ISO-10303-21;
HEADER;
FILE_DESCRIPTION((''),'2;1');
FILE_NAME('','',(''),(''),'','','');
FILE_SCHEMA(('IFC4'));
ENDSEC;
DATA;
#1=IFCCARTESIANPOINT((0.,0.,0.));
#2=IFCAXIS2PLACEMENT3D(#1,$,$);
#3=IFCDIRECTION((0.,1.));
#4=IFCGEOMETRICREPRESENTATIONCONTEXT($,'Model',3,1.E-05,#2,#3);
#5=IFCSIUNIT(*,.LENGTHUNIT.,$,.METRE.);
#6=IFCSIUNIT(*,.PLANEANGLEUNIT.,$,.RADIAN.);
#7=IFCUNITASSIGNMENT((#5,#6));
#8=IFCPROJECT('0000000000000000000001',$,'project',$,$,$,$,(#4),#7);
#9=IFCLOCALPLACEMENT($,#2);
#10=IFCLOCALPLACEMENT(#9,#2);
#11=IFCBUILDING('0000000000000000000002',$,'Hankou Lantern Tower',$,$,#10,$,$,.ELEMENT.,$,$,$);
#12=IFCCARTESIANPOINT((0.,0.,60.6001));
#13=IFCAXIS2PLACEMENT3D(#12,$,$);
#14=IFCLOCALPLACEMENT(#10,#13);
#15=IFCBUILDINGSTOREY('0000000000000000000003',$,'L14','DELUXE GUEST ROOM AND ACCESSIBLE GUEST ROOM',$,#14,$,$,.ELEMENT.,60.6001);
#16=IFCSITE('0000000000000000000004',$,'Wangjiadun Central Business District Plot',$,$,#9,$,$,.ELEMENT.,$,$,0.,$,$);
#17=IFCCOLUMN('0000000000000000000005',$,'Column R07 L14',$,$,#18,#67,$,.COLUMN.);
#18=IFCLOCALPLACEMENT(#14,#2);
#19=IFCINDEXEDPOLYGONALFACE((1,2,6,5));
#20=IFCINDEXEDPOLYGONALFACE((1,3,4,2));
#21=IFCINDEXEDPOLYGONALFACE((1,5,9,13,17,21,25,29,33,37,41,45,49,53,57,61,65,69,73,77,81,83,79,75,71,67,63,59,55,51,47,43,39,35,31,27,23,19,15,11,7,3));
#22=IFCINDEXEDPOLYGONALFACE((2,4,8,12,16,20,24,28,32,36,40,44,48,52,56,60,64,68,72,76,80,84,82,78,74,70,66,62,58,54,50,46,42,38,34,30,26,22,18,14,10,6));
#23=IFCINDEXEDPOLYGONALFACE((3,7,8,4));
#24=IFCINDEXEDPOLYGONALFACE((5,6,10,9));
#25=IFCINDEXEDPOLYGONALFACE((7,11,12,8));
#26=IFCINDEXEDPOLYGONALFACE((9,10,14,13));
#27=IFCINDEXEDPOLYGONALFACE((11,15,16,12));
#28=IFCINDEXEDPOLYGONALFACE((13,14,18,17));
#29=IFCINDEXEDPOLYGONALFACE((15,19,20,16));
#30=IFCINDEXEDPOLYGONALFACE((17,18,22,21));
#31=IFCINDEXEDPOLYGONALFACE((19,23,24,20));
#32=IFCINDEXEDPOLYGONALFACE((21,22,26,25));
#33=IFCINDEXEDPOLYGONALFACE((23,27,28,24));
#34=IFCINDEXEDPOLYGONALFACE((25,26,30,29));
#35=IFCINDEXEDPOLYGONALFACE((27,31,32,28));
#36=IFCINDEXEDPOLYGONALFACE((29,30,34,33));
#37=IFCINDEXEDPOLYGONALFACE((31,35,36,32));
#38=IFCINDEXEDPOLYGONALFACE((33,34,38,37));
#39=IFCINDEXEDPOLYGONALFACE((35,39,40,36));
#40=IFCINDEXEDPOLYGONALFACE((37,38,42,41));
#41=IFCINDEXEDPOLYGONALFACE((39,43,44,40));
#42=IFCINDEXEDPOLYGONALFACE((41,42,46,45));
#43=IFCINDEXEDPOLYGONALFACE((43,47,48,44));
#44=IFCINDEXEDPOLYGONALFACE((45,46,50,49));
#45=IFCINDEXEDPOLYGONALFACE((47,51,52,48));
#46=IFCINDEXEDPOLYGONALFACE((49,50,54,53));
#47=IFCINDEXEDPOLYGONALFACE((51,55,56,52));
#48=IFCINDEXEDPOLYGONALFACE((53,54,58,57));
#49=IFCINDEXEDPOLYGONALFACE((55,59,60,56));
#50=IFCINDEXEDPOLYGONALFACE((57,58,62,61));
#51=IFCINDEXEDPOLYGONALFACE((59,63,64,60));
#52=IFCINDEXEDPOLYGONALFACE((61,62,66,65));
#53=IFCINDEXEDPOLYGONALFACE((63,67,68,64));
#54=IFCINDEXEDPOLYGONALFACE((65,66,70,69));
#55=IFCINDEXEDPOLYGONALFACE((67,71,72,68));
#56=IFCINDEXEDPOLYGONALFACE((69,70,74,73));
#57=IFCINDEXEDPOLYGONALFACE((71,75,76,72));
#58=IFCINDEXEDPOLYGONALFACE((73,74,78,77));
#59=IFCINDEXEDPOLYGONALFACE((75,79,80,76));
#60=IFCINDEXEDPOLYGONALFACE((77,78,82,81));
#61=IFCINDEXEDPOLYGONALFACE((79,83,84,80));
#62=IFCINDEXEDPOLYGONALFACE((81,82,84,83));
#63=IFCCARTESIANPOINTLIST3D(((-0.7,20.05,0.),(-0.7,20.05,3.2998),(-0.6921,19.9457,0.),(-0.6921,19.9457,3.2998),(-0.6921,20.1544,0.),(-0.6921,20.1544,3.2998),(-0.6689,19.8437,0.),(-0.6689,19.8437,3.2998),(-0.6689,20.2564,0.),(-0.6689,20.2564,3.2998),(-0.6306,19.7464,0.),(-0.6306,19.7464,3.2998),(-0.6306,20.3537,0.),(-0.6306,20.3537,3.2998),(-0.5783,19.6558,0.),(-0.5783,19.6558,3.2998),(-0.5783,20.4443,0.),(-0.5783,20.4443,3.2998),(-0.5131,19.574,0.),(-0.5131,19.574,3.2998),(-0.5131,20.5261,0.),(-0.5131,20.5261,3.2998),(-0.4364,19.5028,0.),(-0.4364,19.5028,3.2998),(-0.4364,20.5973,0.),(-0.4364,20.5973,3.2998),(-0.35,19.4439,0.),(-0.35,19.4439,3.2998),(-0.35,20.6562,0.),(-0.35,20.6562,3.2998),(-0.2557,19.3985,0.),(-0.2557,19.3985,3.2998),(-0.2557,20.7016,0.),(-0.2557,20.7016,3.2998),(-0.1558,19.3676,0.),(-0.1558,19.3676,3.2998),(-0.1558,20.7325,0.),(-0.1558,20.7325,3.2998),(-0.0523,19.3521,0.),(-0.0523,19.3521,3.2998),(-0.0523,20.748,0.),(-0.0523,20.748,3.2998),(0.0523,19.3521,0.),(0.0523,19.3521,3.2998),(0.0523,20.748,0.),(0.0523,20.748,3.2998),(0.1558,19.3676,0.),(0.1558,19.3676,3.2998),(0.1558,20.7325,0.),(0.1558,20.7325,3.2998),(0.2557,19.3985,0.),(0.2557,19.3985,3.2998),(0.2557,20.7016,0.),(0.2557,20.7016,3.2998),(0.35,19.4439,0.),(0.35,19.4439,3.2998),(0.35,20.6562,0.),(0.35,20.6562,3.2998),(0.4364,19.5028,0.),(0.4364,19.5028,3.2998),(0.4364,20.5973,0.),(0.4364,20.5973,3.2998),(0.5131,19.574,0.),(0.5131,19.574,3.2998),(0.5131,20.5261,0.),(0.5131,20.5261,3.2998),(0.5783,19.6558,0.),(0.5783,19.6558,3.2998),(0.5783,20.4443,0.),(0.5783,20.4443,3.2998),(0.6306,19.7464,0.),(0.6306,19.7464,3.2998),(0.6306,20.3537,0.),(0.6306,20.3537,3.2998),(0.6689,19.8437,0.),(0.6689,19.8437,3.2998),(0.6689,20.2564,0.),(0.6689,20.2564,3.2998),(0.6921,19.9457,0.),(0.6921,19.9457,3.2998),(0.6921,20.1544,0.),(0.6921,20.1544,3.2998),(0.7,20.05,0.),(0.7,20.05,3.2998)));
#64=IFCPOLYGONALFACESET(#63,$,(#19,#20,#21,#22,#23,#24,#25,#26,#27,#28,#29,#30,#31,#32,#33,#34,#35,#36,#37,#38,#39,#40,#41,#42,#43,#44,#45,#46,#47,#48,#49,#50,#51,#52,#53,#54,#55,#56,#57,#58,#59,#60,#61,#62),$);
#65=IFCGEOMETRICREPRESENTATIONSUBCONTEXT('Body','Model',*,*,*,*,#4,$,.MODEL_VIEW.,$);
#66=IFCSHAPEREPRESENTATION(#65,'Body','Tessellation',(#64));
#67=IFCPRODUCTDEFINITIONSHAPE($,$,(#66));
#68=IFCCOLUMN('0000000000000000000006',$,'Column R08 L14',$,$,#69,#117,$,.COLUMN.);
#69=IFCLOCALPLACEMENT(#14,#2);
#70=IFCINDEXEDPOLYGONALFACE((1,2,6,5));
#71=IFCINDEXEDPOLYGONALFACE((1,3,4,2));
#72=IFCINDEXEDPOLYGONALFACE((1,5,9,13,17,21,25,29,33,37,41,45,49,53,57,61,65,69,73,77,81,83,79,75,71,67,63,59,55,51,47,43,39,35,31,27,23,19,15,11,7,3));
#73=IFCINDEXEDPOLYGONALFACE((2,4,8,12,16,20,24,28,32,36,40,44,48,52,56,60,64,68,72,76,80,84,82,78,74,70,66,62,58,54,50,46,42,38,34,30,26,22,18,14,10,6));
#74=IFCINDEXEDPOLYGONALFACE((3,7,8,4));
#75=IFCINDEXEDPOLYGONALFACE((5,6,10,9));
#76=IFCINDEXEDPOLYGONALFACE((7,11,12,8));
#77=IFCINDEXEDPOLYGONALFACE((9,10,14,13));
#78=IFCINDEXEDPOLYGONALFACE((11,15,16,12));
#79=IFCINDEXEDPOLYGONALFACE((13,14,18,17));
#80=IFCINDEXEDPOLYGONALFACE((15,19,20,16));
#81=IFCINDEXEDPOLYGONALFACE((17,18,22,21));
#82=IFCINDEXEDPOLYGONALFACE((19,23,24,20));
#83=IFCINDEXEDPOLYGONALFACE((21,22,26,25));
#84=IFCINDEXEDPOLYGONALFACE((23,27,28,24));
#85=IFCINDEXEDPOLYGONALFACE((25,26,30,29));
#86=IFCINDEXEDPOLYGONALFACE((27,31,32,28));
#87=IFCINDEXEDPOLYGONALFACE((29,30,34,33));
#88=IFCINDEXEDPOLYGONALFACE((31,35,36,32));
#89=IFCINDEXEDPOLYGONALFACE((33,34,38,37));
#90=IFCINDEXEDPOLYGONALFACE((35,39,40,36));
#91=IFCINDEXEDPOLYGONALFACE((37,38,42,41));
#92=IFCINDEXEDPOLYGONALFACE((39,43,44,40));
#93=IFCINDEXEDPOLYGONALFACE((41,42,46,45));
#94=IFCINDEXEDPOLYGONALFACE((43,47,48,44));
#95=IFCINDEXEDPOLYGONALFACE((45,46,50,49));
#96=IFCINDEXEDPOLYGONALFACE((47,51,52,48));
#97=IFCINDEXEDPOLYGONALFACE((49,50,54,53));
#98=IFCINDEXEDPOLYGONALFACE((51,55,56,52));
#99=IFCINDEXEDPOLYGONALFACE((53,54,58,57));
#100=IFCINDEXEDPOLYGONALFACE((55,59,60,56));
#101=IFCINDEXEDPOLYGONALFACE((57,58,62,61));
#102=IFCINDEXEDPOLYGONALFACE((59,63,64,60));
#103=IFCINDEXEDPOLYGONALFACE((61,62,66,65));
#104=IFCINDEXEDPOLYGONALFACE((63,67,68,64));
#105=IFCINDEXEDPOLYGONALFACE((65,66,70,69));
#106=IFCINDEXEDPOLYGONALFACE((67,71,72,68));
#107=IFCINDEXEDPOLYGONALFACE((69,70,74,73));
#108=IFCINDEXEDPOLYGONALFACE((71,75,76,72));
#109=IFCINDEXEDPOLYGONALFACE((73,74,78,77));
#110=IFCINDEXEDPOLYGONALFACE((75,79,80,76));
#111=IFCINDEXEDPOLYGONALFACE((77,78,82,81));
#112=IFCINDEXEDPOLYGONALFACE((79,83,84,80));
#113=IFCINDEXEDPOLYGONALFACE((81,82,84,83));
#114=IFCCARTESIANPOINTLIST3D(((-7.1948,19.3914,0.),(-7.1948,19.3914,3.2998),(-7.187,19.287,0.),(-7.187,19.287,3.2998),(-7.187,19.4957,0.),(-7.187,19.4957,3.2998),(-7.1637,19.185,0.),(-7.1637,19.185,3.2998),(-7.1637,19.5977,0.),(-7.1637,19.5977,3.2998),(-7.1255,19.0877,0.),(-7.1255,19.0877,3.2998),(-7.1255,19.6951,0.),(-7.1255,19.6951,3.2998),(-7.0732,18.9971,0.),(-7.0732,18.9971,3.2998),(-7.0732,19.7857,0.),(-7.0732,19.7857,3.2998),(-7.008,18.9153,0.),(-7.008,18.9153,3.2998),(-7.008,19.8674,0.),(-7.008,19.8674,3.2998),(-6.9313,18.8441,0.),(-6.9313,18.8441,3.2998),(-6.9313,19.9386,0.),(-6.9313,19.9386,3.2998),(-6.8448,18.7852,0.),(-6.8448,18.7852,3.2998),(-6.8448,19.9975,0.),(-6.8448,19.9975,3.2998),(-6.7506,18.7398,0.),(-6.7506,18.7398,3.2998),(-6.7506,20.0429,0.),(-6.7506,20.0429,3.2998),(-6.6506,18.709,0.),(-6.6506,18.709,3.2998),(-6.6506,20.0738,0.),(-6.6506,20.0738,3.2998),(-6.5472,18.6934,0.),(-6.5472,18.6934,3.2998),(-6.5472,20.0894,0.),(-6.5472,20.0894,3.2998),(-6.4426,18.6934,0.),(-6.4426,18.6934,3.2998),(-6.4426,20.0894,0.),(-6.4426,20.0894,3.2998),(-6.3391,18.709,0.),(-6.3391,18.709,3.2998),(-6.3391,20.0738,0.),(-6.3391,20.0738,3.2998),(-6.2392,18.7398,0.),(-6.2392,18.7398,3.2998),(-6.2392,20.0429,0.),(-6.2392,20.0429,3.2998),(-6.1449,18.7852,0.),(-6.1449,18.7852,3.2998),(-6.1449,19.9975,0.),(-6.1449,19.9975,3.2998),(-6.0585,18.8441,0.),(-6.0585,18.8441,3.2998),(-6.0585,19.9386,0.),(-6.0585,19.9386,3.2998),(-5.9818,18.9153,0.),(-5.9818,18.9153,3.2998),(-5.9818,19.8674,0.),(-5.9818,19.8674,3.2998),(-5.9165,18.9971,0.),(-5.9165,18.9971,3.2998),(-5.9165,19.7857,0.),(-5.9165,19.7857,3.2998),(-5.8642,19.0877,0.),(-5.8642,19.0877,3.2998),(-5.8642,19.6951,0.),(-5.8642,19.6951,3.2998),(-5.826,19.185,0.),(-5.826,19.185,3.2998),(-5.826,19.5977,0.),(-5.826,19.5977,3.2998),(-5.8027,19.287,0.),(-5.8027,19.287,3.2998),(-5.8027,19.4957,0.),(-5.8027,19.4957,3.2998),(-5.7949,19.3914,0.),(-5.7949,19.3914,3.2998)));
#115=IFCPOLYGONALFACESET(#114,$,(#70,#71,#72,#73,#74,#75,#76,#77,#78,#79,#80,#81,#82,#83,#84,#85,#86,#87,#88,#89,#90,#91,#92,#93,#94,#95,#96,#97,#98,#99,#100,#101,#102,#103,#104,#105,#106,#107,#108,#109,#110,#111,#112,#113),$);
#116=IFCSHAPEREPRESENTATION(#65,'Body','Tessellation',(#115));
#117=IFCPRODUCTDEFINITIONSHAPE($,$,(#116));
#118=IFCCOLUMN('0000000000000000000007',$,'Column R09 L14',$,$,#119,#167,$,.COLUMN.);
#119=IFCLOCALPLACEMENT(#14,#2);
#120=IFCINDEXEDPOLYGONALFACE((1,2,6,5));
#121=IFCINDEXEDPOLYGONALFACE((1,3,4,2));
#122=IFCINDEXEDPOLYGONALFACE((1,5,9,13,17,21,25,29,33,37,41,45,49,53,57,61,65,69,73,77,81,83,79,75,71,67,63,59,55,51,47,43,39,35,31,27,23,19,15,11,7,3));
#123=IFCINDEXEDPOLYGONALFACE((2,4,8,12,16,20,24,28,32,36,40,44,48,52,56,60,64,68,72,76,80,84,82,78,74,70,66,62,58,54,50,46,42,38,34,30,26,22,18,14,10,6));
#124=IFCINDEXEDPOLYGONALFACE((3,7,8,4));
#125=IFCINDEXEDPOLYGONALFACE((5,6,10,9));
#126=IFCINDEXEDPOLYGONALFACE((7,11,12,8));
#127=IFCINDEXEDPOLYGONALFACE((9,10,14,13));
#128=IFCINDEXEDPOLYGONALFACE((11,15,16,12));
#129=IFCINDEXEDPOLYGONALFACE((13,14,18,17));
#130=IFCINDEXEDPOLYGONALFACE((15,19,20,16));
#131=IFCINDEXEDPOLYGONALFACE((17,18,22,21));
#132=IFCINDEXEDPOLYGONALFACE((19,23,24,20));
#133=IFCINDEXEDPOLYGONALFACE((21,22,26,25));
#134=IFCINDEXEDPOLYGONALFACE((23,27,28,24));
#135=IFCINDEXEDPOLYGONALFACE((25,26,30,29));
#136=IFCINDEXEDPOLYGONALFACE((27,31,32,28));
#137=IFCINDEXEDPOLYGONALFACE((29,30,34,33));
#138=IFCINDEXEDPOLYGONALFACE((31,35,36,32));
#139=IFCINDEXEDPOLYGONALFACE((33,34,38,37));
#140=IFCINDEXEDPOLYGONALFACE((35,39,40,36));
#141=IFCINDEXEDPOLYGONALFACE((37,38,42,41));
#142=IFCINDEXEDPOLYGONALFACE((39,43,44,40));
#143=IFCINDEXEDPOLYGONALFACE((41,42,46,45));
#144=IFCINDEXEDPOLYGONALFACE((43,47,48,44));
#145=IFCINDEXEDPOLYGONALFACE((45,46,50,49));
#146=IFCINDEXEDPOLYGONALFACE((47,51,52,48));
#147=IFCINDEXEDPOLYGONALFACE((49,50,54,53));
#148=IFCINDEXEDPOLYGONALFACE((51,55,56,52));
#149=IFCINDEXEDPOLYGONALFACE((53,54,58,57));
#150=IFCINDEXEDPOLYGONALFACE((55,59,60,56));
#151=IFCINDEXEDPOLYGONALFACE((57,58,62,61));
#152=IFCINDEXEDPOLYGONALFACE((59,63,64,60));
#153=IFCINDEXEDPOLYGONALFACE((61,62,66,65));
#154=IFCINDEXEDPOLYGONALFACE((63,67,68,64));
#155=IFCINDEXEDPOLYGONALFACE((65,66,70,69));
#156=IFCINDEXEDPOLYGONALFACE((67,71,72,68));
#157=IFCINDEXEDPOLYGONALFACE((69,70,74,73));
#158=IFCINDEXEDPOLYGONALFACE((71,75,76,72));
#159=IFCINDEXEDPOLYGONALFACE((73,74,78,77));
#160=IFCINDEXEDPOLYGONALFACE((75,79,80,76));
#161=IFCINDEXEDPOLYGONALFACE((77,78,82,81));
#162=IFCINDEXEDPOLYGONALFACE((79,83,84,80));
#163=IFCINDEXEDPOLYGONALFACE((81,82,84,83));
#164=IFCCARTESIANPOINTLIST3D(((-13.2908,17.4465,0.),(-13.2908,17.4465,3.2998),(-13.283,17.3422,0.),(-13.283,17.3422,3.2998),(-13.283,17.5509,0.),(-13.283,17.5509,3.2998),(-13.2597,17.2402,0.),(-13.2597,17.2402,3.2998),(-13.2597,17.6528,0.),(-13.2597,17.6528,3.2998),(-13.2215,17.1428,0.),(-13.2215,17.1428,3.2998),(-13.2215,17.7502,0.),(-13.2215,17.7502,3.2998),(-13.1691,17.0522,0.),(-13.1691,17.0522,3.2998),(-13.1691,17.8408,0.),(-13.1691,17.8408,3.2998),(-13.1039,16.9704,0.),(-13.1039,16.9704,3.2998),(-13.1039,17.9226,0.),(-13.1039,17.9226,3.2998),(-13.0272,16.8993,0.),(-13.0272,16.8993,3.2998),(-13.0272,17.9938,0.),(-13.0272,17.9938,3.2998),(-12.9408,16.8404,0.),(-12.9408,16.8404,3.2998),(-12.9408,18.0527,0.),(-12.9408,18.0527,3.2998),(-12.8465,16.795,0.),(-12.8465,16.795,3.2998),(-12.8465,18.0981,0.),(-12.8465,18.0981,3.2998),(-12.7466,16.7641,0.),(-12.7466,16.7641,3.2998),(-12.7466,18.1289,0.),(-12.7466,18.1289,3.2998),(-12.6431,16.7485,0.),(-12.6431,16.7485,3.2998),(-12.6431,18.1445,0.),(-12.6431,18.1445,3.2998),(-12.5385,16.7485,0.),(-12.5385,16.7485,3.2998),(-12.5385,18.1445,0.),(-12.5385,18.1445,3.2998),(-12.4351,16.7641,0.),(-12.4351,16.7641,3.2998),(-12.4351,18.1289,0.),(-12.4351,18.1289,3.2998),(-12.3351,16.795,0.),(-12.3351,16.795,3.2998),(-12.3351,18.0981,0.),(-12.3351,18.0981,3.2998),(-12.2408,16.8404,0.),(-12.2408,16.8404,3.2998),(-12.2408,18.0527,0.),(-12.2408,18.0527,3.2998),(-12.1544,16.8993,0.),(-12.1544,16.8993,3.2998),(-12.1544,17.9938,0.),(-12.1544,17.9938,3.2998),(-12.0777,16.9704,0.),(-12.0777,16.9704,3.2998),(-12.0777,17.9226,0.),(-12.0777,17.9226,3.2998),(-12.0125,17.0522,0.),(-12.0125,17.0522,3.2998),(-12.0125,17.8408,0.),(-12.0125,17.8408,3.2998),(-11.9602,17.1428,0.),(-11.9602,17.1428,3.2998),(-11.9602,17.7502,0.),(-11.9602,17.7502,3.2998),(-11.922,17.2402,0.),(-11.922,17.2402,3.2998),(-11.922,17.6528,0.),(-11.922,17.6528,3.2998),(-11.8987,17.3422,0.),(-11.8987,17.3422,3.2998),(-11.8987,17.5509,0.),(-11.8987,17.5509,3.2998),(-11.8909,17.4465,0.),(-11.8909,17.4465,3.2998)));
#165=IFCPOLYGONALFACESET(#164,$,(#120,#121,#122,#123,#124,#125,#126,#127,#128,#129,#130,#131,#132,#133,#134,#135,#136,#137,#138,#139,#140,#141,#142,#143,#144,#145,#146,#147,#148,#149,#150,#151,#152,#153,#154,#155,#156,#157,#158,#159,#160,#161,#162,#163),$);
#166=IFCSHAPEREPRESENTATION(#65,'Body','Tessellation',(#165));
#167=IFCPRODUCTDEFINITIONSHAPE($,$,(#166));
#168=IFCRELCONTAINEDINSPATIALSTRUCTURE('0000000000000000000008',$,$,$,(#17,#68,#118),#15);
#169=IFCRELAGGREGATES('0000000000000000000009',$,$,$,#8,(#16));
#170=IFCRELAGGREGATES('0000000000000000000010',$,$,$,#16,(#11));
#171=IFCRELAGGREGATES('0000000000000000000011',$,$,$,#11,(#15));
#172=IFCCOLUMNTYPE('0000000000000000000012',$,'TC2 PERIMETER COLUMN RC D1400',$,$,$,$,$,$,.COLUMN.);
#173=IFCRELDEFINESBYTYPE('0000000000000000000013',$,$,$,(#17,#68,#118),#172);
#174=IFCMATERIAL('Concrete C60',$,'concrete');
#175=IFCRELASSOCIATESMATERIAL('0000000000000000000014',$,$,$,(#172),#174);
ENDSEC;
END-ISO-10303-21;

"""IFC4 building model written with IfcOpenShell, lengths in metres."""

from ifc_helpers import new_model, si_unit, direction, frame, origin, origin_2d, place, context, subcontext, project, spatial, circle, extrude, material, material_profile, profile_set, type_object, element, save


model = new_model("IFC4")

# Units and contexts
model_context = context("Model", 3, precision=1e-05, world=origin(), true_north=direction((0.0, 1.0)))
body_context = subcontext(model_context, "Body", "Model", "MODEL_VIEW")
ifc_project = project(units=[si_unit("LENGTHUNIT", "METRE"), si_unit("PLANEANGLEUNIT", "RADIAN")], contexts=[model_context])

# Site, building, storey
site_placement = place(None, origin())
site = spatial("IfcSite", under=ifc_project, at=site_placement, Name="Wangjiadun Central Business District Plot", CompositionType="ELEMENT", RefElevation=0.0)
building_placement = place(site_placement, origin())
building = spatial("IfcBuilding", under=site, at=building_placement, Name="Hankou Lantern Tower", CompositionType="ELEMENT")
storey_placement = place(building_placement, frame((0.0, 0.0, 60.6001)))
storey = spatial("IfcBuildingStorey", under=building, at=storey_placement, Name="L14", Description="DELUXE GUEST ROOM AND ACCESSIBLE GUEST ROOM", CompositionType="ELEMENT", Elevation=60.6001)

# Columns
ifc_material_1 = material(Name="Concrete C60", Category="concrete")
ifc_material_profile_1 = material_profile(ifc_material_1, circle(Radius=0.7, at=origin_2d()), Name="RC D1400")
ifc_profile_set_1 = profile_set([ifc_material_profile_1], Name="Concrete C60")
column_type = type_object("IfcColumnType", Name="TC2 PERIMETER COLUMN RC D1400", PredefinedType="COLUMN", material=ifc_profile_set_1)
for number, where, z_axis, x_axis, name in (
    (1, (0.0, 20.05, 0.0), (0.0, 0.0, 1.0), (1.0, 0.0, 0.0), "Column R07 L14"),
    (2, (-6.4949, 19.3914, 0.0), (0.0, 0.0, 1.0), (1.0, 0.0, 0.0), "Column R08 L14"),
    (3, (-12.5908, 17.4465, 0.0), (0.0, 0.0, 1.0), (1.0, 0.0, 0.0), "Column R09 L14"),
):
    element("IfcColumn", number, at=place(storey_placement, frame(where, z_axis=z_axis, x_axis=x_axis)), inside=storey, type_object=column_type, Name=name, PredefinedType="COLUMN", context=body_context, shape_type="SweptSolid", body=[
        extrude(circle(Radius=0.7, at=origin_2d()), origin(), (0.0, 0.0, 1.0), 3.2998),
    ])

save(model, "model.ifc")
